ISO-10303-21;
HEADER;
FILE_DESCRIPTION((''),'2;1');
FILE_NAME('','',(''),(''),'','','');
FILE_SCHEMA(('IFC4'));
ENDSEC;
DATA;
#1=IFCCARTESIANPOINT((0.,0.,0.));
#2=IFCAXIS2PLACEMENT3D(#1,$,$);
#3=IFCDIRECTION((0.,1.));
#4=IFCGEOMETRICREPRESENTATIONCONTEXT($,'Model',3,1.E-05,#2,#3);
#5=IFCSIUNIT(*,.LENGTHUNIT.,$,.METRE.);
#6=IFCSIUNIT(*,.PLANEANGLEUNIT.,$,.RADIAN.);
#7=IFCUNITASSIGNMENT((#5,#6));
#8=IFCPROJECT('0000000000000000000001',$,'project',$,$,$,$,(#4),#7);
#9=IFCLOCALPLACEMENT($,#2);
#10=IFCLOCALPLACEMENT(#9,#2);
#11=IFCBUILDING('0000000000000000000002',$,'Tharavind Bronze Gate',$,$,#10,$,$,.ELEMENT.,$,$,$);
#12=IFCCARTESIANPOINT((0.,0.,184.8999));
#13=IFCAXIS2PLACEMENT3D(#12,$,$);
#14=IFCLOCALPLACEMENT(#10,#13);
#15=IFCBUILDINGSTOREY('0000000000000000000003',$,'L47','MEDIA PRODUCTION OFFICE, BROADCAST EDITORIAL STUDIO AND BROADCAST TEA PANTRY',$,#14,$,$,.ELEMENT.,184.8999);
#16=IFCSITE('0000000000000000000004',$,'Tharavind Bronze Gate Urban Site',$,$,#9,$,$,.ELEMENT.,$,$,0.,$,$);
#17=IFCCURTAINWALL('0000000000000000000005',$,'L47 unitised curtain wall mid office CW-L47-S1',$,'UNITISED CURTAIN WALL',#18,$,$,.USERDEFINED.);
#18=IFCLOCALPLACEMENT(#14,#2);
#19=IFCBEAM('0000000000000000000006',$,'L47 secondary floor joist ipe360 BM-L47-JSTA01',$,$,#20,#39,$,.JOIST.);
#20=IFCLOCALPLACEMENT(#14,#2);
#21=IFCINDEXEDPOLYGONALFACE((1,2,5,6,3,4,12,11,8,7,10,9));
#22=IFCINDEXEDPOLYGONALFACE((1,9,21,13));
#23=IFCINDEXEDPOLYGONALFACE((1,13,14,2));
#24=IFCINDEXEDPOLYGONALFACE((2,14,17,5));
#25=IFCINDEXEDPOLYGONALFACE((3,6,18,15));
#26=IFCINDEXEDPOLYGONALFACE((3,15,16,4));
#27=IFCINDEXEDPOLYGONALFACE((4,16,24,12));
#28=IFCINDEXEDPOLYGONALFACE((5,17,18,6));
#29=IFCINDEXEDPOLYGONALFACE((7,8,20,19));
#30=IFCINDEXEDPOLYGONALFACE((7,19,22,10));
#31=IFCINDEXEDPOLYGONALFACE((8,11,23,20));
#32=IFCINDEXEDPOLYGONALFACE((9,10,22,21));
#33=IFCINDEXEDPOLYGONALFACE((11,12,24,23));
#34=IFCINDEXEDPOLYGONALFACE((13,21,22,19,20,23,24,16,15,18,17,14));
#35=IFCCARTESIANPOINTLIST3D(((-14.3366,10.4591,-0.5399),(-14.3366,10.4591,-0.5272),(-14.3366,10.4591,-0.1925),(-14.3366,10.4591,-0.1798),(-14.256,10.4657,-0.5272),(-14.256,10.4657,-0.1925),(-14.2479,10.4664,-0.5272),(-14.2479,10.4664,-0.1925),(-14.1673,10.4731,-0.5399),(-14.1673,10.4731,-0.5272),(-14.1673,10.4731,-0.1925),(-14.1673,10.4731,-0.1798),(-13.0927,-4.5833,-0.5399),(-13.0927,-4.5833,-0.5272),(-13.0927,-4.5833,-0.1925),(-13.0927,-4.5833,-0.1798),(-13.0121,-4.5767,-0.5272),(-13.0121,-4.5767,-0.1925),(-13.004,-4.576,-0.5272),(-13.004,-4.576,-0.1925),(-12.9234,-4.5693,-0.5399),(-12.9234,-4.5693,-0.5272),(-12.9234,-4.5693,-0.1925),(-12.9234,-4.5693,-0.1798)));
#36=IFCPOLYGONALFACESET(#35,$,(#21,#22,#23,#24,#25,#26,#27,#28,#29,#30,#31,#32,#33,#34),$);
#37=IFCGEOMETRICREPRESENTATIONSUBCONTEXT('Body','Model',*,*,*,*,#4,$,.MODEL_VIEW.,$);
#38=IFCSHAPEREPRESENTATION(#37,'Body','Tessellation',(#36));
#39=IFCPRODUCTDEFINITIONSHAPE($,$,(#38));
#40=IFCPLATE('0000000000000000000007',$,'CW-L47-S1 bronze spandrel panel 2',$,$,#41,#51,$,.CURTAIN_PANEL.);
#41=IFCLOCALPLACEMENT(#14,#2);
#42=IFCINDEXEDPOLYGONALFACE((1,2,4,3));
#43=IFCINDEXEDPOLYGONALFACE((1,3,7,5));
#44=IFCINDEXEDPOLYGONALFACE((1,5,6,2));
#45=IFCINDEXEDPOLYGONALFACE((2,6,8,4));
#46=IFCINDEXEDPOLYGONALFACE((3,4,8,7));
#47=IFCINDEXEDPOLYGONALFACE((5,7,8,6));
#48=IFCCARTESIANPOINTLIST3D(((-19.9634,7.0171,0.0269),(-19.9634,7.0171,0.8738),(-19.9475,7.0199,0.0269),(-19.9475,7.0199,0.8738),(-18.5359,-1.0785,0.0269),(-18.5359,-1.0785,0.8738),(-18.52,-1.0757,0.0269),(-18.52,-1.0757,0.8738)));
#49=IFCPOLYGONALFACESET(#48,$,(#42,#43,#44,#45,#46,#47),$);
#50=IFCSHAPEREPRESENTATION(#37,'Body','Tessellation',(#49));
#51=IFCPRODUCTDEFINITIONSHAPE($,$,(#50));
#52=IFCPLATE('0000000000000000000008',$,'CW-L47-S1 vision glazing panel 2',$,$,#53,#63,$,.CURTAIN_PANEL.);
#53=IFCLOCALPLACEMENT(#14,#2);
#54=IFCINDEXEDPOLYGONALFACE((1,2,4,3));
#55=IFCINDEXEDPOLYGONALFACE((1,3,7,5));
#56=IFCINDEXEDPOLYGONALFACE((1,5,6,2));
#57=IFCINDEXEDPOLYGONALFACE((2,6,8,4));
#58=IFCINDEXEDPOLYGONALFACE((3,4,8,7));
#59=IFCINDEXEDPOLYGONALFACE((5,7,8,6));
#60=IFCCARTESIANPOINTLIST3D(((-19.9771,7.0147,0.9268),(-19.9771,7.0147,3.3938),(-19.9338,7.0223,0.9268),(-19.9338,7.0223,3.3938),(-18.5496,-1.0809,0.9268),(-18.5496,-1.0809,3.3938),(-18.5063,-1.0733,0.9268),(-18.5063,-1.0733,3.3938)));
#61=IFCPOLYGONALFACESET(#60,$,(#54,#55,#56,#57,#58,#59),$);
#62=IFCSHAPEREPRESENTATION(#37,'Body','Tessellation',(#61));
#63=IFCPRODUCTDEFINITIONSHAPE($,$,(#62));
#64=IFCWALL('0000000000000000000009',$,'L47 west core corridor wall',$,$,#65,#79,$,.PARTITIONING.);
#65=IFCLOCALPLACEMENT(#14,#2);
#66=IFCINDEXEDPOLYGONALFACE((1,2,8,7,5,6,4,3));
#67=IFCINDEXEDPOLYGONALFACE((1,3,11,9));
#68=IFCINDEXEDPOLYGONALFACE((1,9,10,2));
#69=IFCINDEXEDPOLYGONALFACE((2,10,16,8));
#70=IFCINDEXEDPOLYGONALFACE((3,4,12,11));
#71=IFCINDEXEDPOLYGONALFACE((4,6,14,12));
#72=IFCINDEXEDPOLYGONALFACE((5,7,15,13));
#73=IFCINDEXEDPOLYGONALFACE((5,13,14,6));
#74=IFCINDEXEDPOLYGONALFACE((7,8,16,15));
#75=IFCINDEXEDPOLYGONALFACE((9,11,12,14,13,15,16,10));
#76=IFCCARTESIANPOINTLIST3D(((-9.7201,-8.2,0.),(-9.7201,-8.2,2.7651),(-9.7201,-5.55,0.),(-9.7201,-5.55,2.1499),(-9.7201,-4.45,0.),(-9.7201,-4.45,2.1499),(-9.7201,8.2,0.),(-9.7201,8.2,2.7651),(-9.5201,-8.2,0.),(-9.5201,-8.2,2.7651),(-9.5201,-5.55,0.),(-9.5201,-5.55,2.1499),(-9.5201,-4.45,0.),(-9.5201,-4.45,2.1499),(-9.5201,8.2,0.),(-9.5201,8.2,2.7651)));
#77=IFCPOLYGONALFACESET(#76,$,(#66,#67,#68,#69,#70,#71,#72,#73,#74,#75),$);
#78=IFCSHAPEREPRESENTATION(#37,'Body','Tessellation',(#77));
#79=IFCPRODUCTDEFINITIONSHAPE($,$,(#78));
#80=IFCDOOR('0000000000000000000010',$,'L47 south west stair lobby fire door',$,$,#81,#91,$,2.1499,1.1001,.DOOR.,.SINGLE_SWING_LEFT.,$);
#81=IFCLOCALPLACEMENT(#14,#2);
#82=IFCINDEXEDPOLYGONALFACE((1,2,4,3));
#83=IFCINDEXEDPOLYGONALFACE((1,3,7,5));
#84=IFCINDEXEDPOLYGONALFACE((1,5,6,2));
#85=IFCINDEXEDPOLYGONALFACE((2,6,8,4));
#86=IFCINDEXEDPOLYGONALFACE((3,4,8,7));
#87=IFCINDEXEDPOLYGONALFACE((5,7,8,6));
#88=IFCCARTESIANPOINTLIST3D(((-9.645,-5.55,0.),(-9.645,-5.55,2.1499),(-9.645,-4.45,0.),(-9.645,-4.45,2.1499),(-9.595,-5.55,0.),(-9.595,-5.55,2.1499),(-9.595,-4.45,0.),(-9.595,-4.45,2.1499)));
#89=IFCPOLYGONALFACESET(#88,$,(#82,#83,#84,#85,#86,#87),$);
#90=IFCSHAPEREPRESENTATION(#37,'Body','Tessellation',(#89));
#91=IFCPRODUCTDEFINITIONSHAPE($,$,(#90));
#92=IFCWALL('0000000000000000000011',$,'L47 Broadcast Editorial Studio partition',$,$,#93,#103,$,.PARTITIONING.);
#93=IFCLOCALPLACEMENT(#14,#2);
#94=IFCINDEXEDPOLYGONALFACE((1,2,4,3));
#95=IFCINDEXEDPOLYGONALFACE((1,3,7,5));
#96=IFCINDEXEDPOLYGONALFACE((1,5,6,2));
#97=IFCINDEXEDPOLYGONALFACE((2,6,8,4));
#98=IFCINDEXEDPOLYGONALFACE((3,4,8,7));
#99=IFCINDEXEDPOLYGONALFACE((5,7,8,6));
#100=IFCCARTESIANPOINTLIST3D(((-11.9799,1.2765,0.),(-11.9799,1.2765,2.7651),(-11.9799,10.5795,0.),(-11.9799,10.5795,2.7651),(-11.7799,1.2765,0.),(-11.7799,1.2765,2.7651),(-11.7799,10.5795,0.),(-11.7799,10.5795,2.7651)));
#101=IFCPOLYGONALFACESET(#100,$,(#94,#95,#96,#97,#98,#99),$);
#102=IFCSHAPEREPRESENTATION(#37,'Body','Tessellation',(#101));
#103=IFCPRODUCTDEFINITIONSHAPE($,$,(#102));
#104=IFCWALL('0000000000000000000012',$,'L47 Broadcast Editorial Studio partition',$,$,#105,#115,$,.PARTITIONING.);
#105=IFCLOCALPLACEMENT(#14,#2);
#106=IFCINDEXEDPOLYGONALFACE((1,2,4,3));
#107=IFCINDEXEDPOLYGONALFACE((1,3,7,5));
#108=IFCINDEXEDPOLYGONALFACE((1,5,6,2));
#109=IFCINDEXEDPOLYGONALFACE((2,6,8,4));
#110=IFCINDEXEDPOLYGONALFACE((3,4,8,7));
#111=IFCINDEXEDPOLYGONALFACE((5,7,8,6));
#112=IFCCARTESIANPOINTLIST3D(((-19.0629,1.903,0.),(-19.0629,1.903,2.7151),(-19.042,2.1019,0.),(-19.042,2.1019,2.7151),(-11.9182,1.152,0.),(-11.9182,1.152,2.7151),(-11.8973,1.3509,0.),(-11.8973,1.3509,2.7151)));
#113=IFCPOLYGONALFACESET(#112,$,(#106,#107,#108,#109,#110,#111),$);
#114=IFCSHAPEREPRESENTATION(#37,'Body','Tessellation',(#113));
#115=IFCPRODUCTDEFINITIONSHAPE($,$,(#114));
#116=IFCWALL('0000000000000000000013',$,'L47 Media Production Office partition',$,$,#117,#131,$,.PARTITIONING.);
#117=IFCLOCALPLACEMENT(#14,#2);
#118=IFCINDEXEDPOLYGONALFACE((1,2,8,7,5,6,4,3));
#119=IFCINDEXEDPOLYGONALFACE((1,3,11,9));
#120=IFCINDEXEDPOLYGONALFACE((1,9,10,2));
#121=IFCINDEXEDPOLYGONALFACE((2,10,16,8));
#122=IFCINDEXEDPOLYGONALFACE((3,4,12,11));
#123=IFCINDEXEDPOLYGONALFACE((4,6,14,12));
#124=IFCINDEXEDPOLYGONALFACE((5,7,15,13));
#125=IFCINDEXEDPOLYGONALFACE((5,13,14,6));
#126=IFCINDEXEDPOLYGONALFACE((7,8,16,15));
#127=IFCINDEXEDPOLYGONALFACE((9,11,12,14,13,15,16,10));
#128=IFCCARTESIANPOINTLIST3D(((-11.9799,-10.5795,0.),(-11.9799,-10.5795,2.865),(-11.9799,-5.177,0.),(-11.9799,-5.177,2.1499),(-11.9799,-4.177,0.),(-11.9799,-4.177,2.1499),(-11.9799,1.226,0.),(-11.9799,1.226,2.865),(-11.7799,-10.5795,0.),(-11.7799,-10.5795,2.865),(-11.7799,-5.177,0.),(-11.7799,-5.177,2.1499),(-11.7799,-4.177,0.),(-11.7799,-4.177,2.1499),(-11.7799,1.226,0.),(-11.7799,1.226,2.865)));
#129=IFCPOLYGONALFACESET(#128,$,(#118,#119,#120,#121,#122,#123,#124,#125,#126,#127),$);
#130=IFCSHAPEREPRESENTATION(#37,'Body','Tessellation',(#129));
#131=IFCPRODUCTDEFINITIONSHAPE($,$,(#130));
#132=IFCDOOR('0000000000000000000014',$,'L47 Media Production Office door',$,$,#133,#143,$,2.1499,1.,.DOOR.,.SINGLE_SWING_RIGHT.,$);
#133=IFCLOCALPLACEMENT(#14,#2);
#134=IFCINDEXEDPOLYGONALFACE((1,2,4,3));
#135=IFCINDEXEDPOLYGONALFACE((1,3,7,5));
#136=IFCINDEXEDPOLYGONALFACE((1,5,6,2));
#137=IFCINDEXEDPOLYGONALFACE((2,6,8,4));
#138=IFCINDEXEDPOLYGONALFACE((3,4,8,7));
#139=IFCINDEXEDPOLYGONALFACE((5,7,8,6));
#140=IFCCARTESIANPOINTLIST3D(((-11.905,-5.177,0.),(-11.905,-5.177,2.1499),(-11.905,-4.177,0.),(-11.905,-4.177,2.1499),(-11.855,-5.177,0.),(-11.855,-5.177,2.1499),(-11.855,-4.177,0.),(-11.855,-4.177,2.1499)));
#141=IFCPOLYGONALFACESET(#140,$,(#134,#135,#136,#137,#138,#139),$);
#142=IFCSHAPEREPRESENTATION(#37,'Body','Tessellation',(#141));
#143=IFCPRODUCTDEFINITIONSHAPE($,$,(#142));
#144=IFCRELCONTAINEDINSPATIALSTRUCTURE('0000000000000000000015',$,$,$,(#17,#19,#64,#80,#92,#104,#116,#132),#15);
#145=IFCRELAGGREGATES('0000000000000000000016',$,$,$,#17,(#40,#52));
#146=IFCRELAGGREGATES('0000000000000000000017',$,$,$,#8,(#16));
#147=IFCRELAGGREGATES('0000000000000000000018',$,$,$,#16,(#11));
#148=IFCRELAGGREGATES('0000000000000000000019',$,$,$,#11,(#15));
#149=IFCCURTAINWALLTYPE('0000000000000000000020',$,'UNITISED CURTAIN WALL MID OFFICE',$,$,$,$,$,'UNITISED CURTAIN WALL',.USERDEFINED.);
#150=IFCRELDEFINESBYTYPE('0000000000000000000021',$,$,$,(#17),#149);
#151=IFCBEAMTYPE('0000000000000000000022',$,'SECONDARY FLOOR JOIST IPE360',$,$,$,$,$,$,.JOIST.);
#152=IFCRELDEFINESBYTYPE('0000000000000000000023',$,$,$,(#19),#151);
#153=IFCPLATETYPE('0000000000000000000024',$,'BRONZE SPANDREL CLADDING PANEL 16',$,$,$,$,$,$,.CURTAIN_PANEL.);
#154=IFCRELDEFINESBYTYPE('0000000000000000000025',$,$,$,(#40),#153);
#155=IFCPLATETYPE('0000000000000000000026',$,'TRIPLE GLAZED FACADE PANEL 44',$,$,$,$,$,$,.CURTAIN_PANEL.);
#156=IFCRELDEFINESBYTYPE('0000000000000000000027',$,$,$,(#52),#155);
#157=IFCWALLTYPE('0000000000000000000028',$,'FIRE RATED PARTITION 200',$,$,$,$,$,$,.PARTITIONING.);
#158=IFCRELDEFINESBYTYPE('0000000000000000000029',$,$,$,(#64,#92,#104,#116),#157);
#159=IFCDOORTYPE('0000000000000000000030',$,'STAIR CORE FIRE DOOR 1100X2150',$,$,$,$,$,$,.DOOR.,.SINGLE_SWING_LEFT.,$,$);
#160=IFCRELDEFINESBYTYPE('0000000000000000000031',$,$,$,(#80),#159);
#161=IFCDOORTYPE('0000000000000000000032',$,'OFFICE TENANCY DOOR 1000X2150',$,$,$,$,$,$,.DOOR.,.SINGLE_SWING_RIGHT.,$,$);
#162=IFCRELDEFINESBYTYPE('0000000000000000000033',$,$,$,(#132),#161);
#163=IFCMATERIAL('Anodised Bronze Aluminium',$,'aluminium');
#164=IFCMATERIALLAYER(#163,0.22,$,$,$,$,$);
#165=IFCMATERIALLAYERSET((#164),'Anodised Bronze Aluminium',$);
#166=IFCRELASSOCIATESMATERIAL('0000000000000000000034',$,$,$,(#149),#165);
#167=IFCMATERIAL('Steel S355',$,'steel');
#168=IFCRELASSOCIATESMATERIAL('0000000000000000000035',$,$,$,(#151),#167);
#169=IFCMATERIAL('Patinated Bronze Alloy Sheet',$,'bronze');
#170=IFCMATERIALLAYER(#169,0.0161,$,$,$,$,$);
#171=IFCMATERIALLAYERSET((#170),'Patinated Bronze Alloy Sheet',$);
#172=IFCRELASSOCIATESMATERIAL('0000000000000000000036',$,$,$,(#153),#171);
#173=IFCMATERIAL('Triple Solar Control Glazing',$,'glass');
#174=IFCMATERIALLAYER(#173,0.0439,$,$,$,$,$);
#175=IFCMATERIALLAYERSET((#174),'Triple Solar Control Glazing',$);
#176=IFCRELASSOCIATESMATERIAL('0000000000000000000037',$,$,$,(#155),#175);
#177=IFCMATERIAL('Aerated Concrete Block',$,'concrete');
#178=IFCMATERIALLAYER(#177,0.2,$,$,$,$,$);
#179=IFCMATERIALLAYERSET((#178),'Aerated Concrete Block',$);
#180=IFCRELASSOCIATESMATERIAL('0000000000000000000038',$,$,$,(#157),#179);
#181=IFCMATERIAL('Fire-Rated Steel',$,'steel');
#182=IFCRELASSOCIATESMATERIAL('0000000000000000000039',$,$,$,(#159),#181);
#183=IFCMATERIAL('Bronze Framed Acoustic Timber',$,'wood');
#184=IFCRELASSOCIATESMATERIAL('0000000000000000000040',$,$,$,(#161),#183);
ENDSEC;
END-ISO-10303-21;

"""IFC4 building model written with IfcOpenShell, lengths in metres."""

from ifc_helpers import new_model, si_unit, direction, frame, frame_2d, origin, origin_2d, place, context, subcontext, project, spatial, rectangle, i_section, extrude, material, layer, layer_set, material_profile, profile_set, type_object, element, fill, aggregate, save


model = new_model("IFC4")

# Units and contexts
model_context = context("Model", 3, precision=1e-05, world=origin(), true_north=direction((0.0, 1.0)))
body_context = subcontext(model_context, "Body", "Model", "MODEL_VIEW")
ifc_project = project(units=[si_unit("LENGTHUNIT", "METRE"), si_unit("PLANEANGLEUNIT", "RADIAN")], contexts=[model_context])

# Site, building, storey
site_placement = place(None, origin())
site = spatial("IfcSite", under=ifc_project, at=site_placement, Name="Tharavind Bronze Gate Urban Site", CompositionType="ELEMENT", RefElevation=0.0)
building_placement = place(site_placement, origin())
building = spatial("IfcBuilding", under=site, at=building_placement, Name="Tharavind Bronze Gate", CompositionType="ELEMENT")
storey_placement = place(building_placement, frame((0.0, 0.0, 184.8999)))
storey = spatial("IfcBuildingStorey", under=building, at=storey_placement, Name="L47", Description="MEDIA PRODUCTION OFFICE, BROADCAST EDITORIAL STUDIO AND BROADCAST TEA PANTRY", CompositionType="ELEMENT", Elevation=184.8999)

# Curtain wall
ifc_material_1 = material(Name="Anodised Bronze Aluminium", Category="aluminium")
ifc_layer_1 = layer(ifc_material_1, 0.22)
ifc_layer_set_1 = layer_set([ifc_layer_1], Name="Anodised Bronze Aluminium")
curtain_wall_type = type_object("IfcCurtainWallType", Name="UNITISED CURTAIN WALL MID OFFICE", ElementType="UNITISED CURTAIN WALL", PredefinedType="USERDEFINED", material=ifc_layer_set_1)
curtain_wall_placement = place(storey_placement, origin())
curtain_wall = element("IfcCurtainWall", 1, at=curtain_wall_placement, inside=storey, type_object=curtain_wall_type, Name="L47 unitised curtain wall mid office CW-L47-S1", ObjectType="UNITISED CURTAIN WALL", PredefinedType="USERDEFINED")

# Beam
ifc_material_2 = material(Name="Steel S355", Category="steel")
ifc_material_profile_1 = material_profile(ifc_material_2, i_section(OverallWidth=0.1699, OverallDepth=0.3601, WebThickness=0.0081, FlangeThickness=0.0127, at=origin_2d()), Name="IPE360")
ifc_profile_set_1 = profile_set([ifc_material_profile_1], Name="Steel S355")
beam_type_1 = type_object("IfcBeamType", Name="SECONDARY FLOOR JOIST IPE360", PredefinedType="JOIST", material=ifc_profile_set_1)
beam_1_placement = place(storey_placement, frame((-14.252, 10.4661, -0.3599), z_axis=(0.082411, -0.996598, 0.0), x_axis=(0.996598, 0.082411, 0.0)))
element("IfcBeam", 2, at=beam_1_placement, inside=storey, type_object=beam_type_1, Name="L47 secondary floor joist ipe360 BM-L47-JSTA01", PredefinedType="JOIST", context=body_context, shape_type="SweptSolid", body=[
    extrude(i_section(OverallWidth=0.1699, OverallDepth=0.3601, WebThickness=0.0081, FlangeThickness=0.0127, at=origin_2d()), origin(), (0.0, 0.0, 1.0), 15.0938),
])

# Plates
ifc_material_3 = material(Name="Patinated Bronze Alloy Sheet", Category="bronze")
ifc_layer_2 = layer(ifc_material_3, 0.0161)
ifc_layer_set_2 = layer_set([ifc_layer_2], Name="Patinated Bronze Alloy Sheet")
plate_type_1 = type_object("IfcPlateType", Name="BRONZE SPANDREL CLADDING PANEL 16", PredefinedType="CURTAIN_PANEL", material=ifc_layer_set_2)
plate_1_placement = place(storey_placement, frame((-19.2417, 2.9707, 0.0269), z_axis=(0.0, 0.0, 1.0), x_axis=(0.173648, -0.984808, 0.0)))
plate_1 = element("IfcPlate", 3, at=plate_1_placement, type_object=plate_type_1, Name="CW-L47-S1 bronze spandrel panel 2", PredefinedType="CURTAIN_PANEL", context=body_context, shape_type="SweptSolid", body=[
    extrude(rectangle(XDim=8.2205, YDim=0.0161, at=origin_2d()), origin(), (0.0, 0.0, 1.0), 0.8469),
])
ifc_material_4 = material(Name="Triple Solar Control Glazing", Category="glass")
ifc_layer_3 = layer(ifc_material_4, 0.0439)
ifc_layer_set_3 = layer_set([ifc_layer_3], Name="Triple Solar Control Glazing")
plate_type_2 = type_object("IfcPlateType", Name="TRIPLE GLAZED FACADE PANEL 44", PredefinedType="CURTAIN_PANEL", material=ifc_layer_set_3)
plate_2_placement = place(storey_placement, frame((-19.2417, 2.9707, 0.9268), z_axis=(0.0, 0.0, 1.0), x_axis=(0.173648, -0.984808, 0.0)))
plate_2 = element("IfcPlate", 4, at=plate_2_placement, type_object=plate_type_2, Name="CW-L47-S1 vision glazing panel 2", PredefinedType="CURTAIN_PANEL", context=body_context, shape_type="SweptSolid", body=[
    extrude(rectangle(XDim=8.2205, YDim=0.0439, at=origin_2d()), origin(), (0.0, 0.0, 1.0), 2.467),
])
aggregate(curtain_wall, [plate_1, plate_2])

# Wall, opening, door
ifc_material_5 = material(Name="Aerated Concrete Block", Category="concrete")
ifc_layer_4 = layer(ifc_material_5, 0.2)
ifc_layer_set_4 = layer_set([ifc_layer_4], Name="Aerated Concrete Block")
wall_type = type_object("IfcWallType", Name="FIRE RATED PARTITION 200", PredefinedType="PARTITIONING", material=ifc_layer_set_4)
wall_1_placement = place(storey_placement, frame((-9.6201, 8.2, 0.0), z_axis=(0.0, 0.0, 1.0), x_axis=(0.0, -1.0, 0.0)))
wall_1 = element("IfcWall", 5, at=wall_1_placement, inside=storey, type_object=wall_type, Name="L47 west core corridor wall", PredefinedType="PARTITIONING", context=body_context, shape_type="SweptSolid", body=[
    extrude(rectangle(XDim=16.3999, YDim=0.2, at=frame_2d((8.2, 0.0))), origin(), (0.0, 0.0, 1.0), 2.7651),
])
opening_1_placement = place(wall_1_placement, frame((12.6499, 0.0, 0.0)))
opening_1 = element("IfcOpeningElement", 6, at=opening_1_placement, cuts=wall_1, PredefinedType="OPENING", context=body_context, shape_type="SweptSolid", body=[
    extrude(rectangle(XDim=1.1001, YDim=2.1499, at=frame_2d((0.55, 1.075))), frame((0.0, 0.1101, 0.0), z_axis=(0.0, -1.0, 0.0), x_axis=(1.0, 0.0, 0.0)), (0.0, 0.0, 1.0), 0.22),
])
ifc_material_6 = material(Name="Fire-Rated Steel", Category="steel")
door_type_1 = type_object("IfcDoorType", Name="STAIR CORE FIRE DOOR 1100X2150", OperationType="SINGLE_SWING_LEFT", PredefinedType="DOOR", material=ifc_material_6)
door_1_placement = place(opening_1_placement, frame((1.1001, 0.0, 0.0), z_axis=(0.0, 0.0, 1.0), x_axis=(-1.0, 0.0, 0.0)))
door_1 = element("IfcDoor", 7, at=door_1_placement, inside=storey, type_object=door_type_1, Name="L47 south west stair lobby fire door", OperationType="SINGLE_SWING_LEFT", OverallHeight=2.1499, OverallWidth=1.1001, PredefinedType="DOOR", context=body_context, shape_type="SweptSolid", body=[
    extrude(rectangle(XDim=1.1001, YDim=2.1499, at=frame_2d((0.55, 1.075))), frame((0.0, 0.0249, 0.0), z_axis=(0.0, -1.0, 0.0), x_axis=(1.0, 0.0, 0.0)), (0.0, 0.0, 1.0), 0.05),
])
fill(opening_1, door_1)

# Walls
wall_2_placement = place(storey_placement, frame((-11.8799, 10.5793, 0.0), z_axis=(0.0, 0.0, 1.0), x_axis=(0.0, -1.0, 0.0)))
element("IfcWall", 8, at=wall_2_placement, inside=storey, type_object=wall_type, Name="L47 Broadcast Editorial Studio partition", PredefinedType="PARTITIONING", context=body_context, shape_type="SweptSolid", body=[
    extrude(rectangle(XDim=9.303, YDim=0.2, at=frame_2d((4.6514, 0.0))), origin(), (0.0, 0.0, 1.0), 2.7651),
])
wall_3_placement = place(storey_placement, frame((-11.9077, 1.2515, 0.0), z_axis=(0.0, 0.0, 1.0), x_axis=(-0.994521, 0.104533, 0.0)))
element("IfcWall", 9, at=wall_3_placement, inside=storey, type_object=wall_type, Name="L47 Broadcast Editorial Studio partition", PredefinedType="PARTITIONING", context=body_context, shape_type="SweptSolid", body=[
    extrude(rectangle(XDim=7.1841, YDim=0.2, at=frame_2d((3.592, 0.0))), origin(), (0.0, 0.0, 1.0), 2.7151),
])

# Wall, opening, door
wall_4_placement = place(storey_placement, frame((-11.8799, 1.2261, 0.0), z_axis=(0.0, 0.0, 1.0), x_axis=(0.0, -1.0, 0.0)))
wall_4 = element("IfcWall", 10, at=wall_4_placement, inside=storey, type_object=wall_type, Name="L47 Media Production Office partition", PredefinedType="PARTITIONING", context=body_context, shape_type="SweptSolid", body=[
    extrude(rectangle(XDim=11.8054, YDim=0.2, at=frame_2d((5.9028, 0.0))), origin(), (0.0, 0.0, 1.0), 2.865),
])
opening_2_placement = place(wall_4_placement, frame((5.4031, 0.0, 0.0)))
opening_2 = element("IfcOpeningElement", 11, at=opening_2_placement, cuts=wall_4, PredefinedType="OPENING", context=body_context, shape_type="SweptSolid", body=[
    extrude(rectangle(XDim=1.0, YDim=2.1499, at=frame_2d((0.5, 1.075))), frame((0.0, 0.1101, 0.0), z_axis=(0.0, -1.0, 0.0), x_axis=(1.0, 0.0, 0.0)), (0.0, 0.0, 1.0), 0.22),
])
ifc_material_7 = material(Name="Bronze Framed Acoustic Timber", Category="wood")
door_type_2 = type_object("IfcDoorType", Name="OFFICE TENANCY DOOR 1000X2150", OperationType="SINGLE_SWING_RIGHT", PredefinedType="DOOR", material=ifc_material_7)
door_2_placement = place(opening_2_placement, origin())
door_2 = element("IfcDoor", 12, at=door_2_placement, inside=storey, type_object=door_type_2, Name="L47 Media Production Office door", OperationType="SINGLE_SWING_RIGHT", OverallHeight=2.1499, OverallWidth=1.0, PredefinedType="DOOR", context=body_context, shape_type="SweptSolid", body=[
    extrude(rectangle(XDim=1.0, YDim=2.1499, at=frame_2d((0.5, 1.075))), frame((0.0, 0.0249, 0.0), z_axis=(0.0, -1.0, 0.0), x_axis=(1.0, 0.0, 0.0)), (0.0, 0.0, 1.0), 0.05),
])
fill(opening_2, door_2)

save(model, "model.ifc")
